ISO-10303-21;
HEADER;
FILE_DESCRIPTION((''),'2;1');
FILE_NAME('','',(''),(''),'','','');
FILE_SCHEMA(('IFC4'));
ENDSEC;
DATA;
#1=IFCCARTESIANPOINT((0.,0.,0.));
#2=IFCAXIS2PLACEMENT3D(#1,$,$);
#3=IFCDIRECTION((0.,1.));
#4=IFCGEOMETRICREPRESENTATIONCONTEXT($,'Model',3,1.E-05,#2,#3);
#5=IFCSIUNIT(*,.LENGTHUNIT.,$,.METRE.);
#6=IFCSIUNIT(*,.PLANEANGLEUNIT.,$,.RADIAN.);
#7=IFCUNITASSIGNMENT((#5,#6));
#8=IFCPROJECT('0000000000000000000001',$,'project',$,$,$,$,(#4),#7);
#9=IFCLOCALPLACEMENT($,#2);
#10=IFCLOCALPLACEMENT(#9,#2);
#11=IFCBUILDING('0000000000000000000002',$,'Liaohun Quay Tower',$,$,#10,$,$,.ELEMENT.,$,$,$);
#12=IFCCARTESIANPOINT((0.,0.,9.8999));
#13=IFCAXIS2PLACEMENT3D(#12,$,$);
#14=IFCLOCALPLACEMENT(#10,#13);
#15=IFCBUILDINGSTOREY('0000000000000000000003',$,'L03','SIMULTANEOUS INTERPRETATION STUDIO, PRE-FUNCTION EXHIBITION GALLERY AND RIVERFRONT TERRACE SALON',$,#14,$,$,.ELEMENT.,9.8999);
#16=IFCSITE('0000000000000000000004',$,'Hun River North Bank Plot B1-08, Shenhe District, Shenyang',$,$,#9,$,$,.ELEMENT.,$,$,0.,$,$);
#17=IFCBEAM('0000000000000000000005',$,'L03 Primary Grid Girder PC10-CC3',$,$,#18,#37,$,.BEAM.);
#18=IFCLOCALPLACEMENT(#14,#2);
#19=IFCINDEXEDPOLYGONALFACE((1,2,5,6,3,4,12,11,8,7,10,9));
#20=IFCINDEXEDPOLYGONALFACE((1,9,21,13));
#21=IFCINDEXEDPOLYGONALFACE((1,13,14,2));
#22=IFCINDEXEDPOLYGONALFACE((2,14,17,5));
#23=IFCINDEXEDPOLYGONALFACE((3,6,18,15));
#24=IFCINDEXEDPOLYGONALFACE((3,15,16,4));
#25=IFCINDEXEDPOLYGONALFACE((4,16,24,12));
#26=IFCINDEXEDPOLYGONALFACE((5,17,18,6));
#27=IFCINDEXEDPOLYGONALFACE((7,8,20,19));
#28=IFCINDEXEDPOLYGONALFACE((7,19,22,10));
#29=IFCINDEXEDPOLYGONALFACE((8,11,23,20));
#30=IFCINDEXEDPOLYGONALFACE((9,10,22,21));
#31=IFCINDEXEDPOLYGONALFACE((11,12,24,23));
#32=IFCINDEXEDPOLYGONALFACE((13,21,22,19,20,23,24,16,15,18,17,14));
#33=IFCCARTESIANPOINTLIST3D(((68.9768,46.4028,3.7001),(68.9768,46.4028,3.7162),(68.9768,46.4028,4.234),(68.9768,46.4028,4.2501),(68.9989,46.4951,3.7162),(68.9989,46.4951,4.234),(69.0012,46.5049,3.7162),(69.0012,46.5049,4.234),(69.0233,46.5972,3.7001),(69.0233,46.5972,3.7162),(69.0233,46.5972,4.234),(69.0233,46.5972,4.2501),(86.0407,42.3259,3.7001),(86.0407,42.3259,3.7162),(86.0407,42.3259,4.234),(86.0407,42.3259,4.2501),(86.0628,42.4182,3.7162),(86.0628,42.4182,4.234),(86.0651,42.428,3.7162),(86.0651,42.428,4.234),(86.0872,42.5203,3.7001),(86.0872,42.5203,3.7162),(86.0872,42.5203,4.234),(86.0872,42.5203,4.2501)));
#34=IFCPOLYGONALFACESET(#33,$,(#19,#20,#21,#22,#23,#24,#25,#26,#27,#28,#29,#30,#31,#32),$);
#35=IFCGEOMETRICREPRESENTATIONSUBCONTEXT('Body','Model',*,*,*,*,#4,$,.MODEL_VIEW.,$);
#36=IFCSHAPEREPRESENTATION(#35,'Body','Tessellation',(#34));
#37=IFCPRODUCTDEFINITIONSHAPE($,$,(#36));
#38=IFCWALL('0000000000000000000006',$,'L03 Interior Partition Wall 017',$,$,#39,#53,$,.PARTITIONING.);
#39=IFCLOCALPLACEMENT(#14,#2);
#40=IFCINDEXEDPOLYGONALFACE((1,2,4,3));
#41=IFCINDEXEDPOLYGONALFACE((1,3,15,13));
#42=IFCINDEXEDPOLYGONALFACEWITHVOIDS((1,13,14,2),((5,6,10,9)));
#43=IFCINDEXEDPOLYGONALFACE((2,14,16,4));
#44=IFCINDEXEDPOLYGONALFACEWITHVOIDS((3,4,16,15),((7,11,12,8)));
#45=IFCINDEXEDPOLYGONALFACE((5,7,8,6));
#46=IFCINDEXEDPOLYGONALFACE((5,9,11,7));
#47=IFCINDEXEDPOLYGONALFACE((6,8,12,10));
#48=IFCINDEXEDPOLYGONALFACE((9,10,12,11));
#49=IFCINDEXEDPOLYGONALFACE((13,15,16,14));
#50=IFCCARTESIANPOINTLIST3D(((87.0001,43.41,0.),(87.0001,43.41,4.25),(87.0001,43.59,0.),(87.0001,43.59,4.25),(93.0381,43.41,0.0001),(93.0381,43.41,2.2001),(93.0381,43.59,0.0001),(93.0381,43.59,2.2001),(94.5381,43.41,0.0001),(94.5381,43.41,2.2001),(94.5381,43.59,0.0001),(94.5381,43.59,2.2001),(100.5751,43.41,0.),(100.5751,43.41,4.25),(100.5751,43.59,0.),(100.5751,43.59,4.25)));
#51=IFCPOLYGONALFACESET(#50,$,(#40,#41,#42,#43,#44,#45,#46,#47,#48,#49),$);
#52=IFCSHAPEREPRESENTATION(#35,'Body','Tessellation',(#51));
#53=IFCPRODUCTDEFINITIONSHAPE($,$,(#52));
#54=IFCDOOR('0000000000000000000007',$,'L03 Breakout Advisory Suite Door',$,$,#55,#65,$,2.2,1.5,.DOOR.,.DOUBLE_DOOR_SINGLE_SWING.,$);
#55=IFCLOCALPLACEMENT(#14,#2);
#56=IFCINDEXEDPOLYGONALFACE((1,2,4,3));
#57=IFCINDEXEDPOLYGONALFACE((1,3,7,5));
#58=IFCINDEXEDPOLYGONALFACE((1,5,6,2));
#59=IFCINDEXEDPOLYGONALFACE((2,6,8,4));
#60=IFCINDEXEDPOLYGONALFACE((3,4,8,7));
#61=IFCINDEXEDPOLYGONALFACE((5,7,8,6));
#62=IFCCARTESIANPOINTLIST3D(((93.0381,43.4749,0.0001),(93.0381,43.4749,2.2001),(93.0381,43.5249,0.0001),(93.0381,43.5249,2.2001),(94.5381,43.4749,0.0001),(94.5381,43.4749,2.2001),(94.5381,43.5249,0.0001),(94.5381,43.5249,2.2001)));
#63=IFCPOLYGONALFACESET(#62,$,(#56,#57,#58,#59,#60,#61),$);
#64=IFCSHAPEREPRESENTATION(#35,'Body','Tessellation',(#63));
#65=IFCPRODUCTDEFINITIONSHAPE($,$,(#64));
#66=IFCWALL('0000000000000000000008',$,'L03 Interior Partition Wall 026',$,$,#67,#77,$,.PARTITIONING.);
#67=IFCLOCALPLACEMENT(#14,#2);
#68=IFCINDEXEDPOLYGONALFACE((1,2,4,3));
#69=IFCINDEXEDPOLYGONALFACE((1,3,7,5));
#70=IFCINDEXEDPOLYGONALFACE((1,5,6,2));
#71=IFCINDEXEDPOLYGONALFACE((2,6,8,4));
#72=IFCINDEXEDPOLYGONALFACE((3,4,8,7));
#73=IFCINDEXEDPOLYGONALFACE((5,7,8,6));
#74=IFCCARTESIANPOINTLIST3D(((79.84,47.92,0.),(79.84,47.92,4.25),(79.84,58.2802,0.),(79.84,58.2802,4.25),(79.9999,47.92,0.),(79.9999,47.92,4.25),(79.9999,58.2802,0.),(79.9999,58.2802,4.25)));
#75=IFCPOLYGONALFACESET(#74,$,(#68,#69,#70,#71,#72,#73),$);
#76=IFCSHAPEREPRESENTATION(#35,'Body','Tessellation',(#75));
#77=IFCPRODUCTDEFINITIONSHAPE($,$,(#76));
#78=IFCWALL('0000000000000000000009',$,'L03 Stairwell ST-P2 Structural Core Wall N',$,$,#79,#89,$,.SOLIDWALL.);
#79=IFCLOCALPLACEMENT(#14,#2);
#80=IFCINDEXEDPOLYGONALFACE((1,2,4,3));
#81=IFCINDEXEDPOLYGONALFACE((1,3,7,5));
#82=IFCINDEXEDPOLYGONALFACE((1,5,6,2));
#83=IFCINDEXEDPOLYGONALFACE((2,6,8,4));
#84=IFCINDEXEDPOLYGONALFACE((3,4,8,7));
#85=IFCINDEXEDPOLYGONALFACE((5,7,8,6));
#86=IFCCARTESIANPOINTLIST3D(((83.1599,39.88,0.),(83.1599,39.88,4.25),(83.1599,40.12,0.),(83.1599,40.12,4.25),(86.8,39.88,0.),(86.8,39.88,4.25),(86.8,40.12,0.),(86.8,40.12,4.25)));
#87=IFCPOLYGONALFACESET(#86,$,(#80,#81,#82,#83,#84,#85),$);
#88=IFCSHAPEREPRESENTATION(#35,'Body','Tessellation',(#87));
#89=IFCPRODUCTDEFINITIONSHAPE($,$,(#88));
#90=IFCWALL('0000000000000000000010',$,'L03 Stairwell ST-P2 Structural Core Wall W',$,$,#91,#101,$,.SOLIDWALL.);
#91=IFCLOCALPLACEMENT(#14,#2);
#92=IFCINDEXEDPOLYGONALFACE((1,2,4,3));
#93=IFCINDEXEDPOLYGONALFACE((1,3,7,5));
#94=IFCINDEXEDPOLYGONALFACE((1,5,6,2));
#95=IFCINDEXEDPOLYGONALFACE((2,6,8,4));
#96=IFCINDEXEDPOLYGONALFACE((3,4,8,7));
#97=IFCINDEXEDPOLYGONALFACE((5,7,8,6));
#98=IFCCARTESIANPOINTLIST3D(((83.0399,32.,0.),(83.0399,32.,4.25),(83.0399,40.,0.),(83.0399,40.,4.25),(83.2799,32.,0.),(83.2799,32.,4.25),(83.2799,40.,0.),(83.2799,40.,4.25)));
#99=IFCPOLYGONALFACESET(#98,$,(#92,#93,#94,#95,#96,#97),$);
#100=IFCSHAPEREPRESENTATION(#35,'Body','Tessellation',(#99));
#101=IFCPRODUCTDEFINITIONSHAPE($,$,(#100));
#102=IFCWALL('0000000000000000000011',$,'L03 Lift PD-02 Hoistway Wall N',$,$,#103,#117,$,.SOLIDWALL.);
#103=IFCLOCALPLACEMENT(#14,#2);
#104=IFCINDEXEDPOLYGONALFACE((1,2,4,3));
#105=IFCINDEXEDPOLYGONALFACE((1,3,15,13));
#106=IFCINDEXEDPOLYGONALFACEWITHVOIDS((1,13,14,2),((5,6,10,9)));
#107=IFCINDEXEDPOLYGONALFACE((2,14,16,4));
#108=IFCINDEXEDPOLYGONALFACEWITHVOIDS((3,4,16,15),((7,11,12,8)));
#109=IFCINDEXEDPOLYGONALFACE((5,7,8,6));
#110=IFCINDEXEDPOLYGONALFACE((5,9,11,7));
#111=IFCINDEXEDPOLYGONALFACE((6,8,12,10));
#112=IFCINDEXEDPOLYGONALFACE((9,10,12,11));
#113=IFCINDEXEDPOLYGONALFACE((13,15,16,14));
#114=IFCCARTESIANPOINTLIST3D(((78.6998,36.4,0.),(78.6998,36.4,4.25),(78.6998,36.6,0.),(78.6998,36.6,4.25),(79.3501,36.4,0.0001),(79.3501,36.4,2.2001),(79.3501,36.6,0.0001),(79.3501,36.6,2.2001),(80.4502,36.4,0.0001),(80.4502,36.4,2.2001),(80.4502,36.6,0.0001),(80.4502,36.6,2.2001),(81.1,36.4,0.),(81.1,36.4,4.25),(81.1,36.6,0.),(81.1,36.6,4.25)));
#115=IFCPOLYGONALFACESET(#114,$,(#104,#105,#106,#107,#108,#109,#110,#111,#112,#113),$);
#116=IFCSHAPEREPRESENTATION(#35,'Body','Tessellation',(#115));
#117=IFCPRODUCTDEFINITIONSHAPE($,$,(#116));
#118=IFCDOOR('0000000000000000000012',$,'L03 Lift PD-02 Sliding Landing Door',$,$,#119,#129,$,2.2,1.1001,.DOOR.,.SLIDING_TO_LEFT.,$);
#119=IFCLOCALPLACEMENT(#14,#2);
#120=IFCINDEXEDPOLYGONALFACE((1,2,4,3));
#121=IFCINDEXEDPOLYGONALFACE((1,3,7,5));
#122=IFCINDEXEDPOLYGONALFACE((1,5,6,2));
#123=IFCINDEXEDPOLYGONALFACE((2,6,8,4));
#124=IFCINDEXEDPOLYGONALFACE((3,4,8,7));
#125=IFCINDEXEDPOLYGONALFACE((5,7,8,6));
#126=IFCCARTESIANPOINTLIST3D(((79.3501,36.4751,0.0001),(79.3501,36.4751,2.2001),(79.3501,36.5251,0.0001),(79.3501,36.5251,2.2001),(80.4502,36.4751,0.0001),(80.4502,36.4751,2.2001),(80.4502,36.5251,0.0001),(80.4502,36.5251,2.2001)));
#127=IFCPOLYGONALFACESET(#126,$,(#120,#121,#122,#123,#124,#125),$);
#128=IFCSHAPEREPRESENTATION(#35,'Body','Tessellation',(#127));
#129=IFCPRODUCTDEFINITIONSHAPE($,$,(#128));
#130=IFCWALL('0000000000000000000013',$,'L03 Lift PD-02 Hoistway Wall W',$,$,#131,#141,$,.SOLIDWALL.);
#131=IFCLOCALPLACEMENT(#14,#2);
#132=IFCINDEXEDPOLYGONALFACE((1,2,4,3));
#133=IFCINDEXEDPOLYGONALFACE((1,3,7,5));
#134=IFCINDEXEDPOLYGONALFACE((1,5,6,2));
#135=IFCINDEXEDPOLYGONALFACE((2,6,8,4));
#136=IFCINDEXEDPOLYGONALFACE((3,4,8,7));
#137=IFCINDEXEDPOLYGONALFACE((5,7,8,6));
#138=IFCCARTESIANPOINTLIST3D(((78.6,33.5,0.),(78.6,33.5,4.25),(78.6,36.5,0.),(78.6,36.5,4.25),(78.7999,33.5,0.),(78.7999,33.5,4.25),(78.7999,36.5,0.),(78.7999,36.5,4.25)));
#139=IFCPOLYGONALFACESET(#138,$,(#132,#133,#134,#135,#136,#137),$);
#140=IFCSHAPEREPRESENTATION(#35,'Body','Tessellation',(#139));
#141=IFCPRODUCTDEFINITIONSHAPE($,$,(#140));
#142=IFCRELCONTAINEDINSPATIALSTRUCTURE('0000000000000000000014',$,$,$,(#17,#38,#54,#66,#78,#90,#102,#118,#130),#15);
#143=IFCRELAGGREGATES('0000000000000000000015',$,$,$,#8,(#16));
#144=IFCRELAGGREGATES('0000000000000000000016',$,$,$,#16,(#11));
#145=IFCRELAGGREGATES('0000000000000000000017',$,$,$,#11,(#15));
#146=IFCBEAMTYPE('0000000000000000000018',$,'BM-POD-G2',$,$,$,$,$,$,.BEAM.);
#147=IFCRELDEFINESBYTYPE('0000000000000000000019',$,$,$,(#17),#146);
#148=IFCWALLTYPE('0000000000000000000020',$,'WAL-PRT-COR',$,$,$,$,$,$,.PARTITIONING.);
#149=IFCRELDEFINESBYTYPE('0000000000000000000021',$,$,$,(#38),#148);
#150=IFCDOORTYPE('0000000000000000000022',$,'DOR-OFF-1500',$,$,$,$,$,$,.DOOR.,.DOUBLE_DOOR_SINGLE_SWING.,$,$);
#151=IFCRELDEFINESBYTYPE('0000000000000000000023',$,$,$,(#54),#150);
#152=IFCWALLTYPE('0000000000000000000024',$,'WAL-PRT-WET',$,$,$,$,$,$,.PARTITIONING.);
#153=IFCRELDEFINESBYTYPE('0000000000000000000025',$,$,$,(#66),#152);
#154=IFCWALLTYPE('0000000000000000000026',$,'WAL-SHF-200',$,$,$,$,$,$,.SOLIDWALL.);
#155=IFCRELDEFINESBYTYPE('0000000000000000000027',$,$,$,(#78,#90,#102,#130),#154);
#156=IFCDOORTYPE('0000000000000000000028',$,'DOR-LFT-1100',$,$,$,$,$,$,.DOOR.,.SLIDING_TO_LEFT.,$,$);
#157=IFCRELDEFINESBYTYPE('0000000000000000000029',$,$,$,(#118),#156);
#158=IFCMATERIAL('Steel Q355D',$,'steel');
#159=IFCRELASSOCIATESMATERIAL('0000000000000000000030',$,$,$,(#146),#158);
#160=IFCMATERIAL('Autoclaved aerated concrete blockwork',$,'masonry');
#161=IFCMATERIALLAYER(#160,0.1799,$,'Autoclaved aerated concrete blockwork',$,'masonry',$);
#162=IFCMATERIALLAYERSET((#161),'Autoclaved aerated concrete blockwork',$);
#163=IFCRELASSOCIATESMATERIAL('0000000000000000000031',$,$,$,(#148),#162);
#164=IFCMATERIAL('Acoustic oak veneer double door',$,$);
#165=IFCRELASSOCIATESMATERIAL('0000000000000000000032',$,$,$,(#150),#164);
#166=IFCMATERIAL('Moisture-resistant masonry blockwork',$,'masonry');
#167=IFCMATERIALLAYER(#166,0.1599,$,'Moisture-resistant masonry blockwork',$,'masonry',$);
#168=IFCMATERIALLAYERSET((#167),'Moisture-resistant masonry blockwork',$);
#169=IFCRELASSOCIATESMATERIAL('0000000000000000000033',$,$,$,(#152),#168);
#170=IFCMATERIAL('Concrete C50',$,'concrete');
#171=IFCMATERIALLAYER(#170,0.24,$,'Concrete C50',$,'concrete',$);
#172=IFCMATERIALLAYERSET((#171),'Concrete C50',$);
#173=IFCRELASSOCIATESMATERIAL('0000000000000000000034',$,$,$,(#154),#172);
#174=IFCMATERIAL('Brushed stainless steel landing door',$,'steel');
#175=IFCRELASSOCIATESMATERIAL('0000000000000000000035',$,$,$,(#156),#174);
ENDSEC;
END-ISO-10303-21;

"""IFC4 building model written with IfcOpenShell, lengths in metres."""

from ifc_helpers import new_model, si_unit, direction, frame, frame_2d, origin, origin_2d, place, context, subcontext, project, spatial, rectangle, i_section, extrude, source, transform, mapped, material, layer, layer_set, material_profile, profile_set, type_object, element, fill, save


model = new_model("IFC4")

# Units and contexts
model_context = context("Model", 3, precision=1e-05, world=origin(), true_north=direction((0.0, 1.0)))
body_context = subcontext(model_context, "Body", "Model", "MODEL_VIEW")
ifc_project = project(units=[si_unit("LENGTHUNIT", "METRE"), si_unit("PLANEANGLEUNIT", "RADIAN")], contexts=[model_context])

# Site, building, storey
site_placement = place(None, origin())
site = spatial("IfcSite", under=ifc_project, at=site_placement, Name="Hun River North Bank Plot B1-08, Shenhe District, Shenyang", CompositionType="ELEMENT", RefElevation=0.0)
building_placement = place(site_placement, origin())
building = spatial("IfcBuilding", under=site, at=building_placement, Name="Liaohun Quay Tower", CompositionType="ELEMENT")
storey_placement = place(building_placement, frame((0.0, 0.0, 9.8999)))
storey = spatial("IfcBuildingStorey", under=building, at=storey_placement, Name="L03", Description="SIMULTANEOUS INTERPRETATION STUDIO, PRE-FUNCTION EXHIBITION GALLERY AND RIVERFRONT TERRACE SALON", CompositionType="ELEMENT", Elevation=9.8999)

# Beam
ifc_material_1 = material(Name="Steel Q355D", Category="steel")
ifc_material_profile_1 = material_profile(ifc_material_1, i_section(OverallWidth=0.2, OverallDepth=0.55, WebThickness=0.01, FlangeThickness=0.0161, at=origin_2d()), Name="HN550x200x10x16")
ifc_profile_set_1 = profile_set([ifc_material_profile_1], Name="Steel Q355D")
beam_type_1 = type_object("IfcBeamType", Name="BM-POD-G2", PredefinedType="BEAM", material=ifc_profile_set_1)
shared_shape_1 = source(origin(), body_context, "Body", "SweptSolid", [
    extrude(i_section(OverallWidth=0.2, OverallDepth=0.55, WebThickness=0.01, FlangeThickness=0.0161, at=origin_2d()), origin(), (0.0, 0.0, 1.0), 17.5442),
])
beam_1_placement = place(storey_placement, frame((86.064, 42.4231, 3.9751), z_axis=(-0.972625, 0.232379, 0.0), x_axis=(-0.232379, -0.972625, 0.0)))
element("IfcBeam", 1, at=beam_1_placement, inside=storey, type_object=beam_type_1, Name="L03 Primary Grid Girder PC10-CC3", PredefinedType="BEAM", context=body_context, shape_type="MappedRepresentation", body=[
    mapped(shared_shape_1, transform((0.0, 0.0, 0.0), x_axis=(1.0, 0.0, 0.0), y_axis=(0.0, 1.0, 0.0), z_axis=(0.0, 0.0, 1.0), scale=1.0)),
])

# Wall, opening, door
ifc_material_2 = material(Name="Autoclaved aerated concrete blockwork", Category="masonry")
ifc_layer_1 = layer(ifc_material_2, 0.1799, Name="Autoclaved aerated concrete blockwork", Category="masonry")
ifc_layer_set_1 = layer_set([ifc_layer_1], Name="Autoclaved aerated concrete blockwork")
wall_type_1 = type_object("IfcWallType", Name="WAL-PRT-COR", PredefinedType="PARTITIONING", material=ifc_layer_set_1)
wall_1_placement = place(storey_placement, frame((87.0, 43.5, 0.0), z_axis=(0.0, 0.0, 1.0), x_axis=(1.0, 0.0, 0.0)))
wall_1 = element("IfcWall", 2, at=wall_1_placement, inside=storey, type_object=wall_type_1, Name="L03 Interior Partition Wall 017", PredefinedType="PARTITIONING", context=body_context, shape_type="SweptSolid", body=[
    extrude(rectangle(XDim=13.575, YDim=0.1799, at=frame_2d((6.7876, 0.0))), origin(), (0.0, 0.0, 1.0), 4.25),
])
shared_shape_2 = source(origin(), body_context, "Body", "SweptSolid", [
    extrude(rectangle(XDim=1.5, YDim=2.2, at=frame_2d((0.75, 1.1001))), frame((0.0, 0.0999, 0.0), z_axis=(0.0, -1.0, 0.0), x_axis=(1.0, 0.0, 0.0)), (0.0, 0.0, 1.0), 0.2),
])
opening_1_placement = place(wall_1_placement, frame((6.0381, 0.0, 0.0)))
opening_1 = element("IfcOpeningElement", 3, at=opening_1_placement, cuts=wall_1, PredefinedType="OPENING", context=body_context, shape_type="MappedRepresentation", body=[
    mapped(shared_shape_2, transform((0.0, 0.0, 0.0), x_axis=(1.0, 0.0, 0.0), y_axis=(0.0, 1.0, 0.0), z_axis=(0.0, 0.0, 1.0), scale=1.0)),
])
ifc_material_3 = material(Name="Acoustic oak veneer double door")
door_type_1 = type_object("IfcDoorType", Name="DOR-OFF-1500", OperationType="DOUBLE_DOOR_SINGLE_SWING", PredefinedType="DOOR", material=ifc_material_3)
shared_shape_3 = source(origin(), body_context, "Body", "SweptSolid", [
    extrude(rectangle(XDim=1.5, YDim=2.2, at=frame_2d((0.75, 1.1001))), frame((0.0, 0.0249, 0.0), z_axis=(0.0, -1.0, 0.0), x_axis=(1.0, 0.0, 0.0)), (0.0, 0.0, 1.0), 0.05),
])
door_1_placement = place(opening_1_placement, origin())
door_1 = element("IfcDoor", 4, at=door_1_placement, inside=storey, type_object=door_type_1, Name="L03 Breakout Advisory Suite Door", OperationType="DOUBLE_DOOR_SINGLE_SWING", OverallHeight=2.2, OverallWidth=1.5, PredefinedType="DOOR", context=body_context, shape_type="MappedRepresentation", body=[
    mapped(shared_shape_3, transform((0.0, 0.0, 0.0), x_axis=(1.0, 0.0, 0.0), y_axis=(0.0, 1.0, 0.0), z_axis=(0.0, 0.0, 1.0), scale=1.0)),
])
fill(opening_1, door_1)

# Walls
ifc_material_4 = material(Name="Moisture-resistant masonry blockwork", Category="masonry")
ifc_layer_2 = layer(ifc_material_4, 0.1599, Name="Moisture-resistant masonry blockwork", Category="masonry")
ifc_layer_set_2 = layer_set([ifc_layer_2], Name="Moisture-resistant masonry blockwork")
wall_type_2 = type_object("IfcWallType", Name="WAL-PRT-WET", PredefinedType="PARTITIONING", material=ifc_layer_set_2)
wall_2_placement = place(storey_placement, frame((79.9199, 47.9199, 0.0), z_axis=(0.0, 0.0, 1.0), x_axis=(0.0, 1.0, 0.0)))
element("IfcWall", 5, at=wall_2_placement, inside=storey, type_object=wall_type_2, Name="L03 Interior Partition Wall 026", PredefinedType="PARTITIONING", context=body_context, shape_type="SweptSolid", body=[
    extrude(rectangle(XDim=10.3601, YDim=0.1599, at=frame_2d((5.1802, 0.0))), origin(), (0.0, 0.0, 1.0), 4.25),
])
ifc_material_5 = material(Name="Concrete C50", Category="concrete")
ifc_layer_3 = layer(ifc_material_5, 0.24, Name="Concrete C50", Category="concrete")
ifc_layer_set_3 = layer_set([ifc_layer_3], Name="Concrete C50")
wall_type_3 = type_object("IfcWallType", Name="WAL-SHF-200", PredefinedType="SOLIDWALL", material=ifc_layer_set_3)
wall_3_placement = place(storey_placement, frame((86.8, 40.0, 0.0), z_axis=(0.0, 0.0, 1.0), x_axis=(-1.0, 0.0, 0.0)))
element("IfcWall", 6, at=wall_3_placement, inside=storey, type_object=wall_type_3, Name="L03 Stairwell ST-P2 Structural Core Wall N", PredefinedType="SOLIDWALL", context=body_context, shape_type="SweptSolid", body=[
    extrude(rectangle(XDim=3.6401, YDim=0.24, at=frame_2d((1.8201, 0.0))), origin(), (0.0, 0.0, 1.0), 4.25),
])
wall_4_placement = place(storey_placement, frame((83.1599, 40.0, 0.0), z_axis=(0.0, 0.0, 1.0), x_axis=(0.0, -1.0, 0.0)))
element("IfcWall", 7, at=wall_4_placement, inside=storey, type_object=wall_type_3, Name="L03 Stairwell ST-P2 Structural Core Wall W", PredefinedType="SOLIDWALL", context=body_context, shape_type="SweptSolid", body=[
    extrude(rectangle(XDim=8.0, YDim=0.24, at=frame_2d((4.0, 0.0))), origin(), (0.0, 0.0, 1.0), 4.25),
])

# Wall, opening, door
wall_5_placement = place(storey_placement, frame((81.1001, 36.5, 0.0), z_axis=(0.0, 0.0, 1.0), x_axis=(-1.0, 0.0, 0.0)))
wall_5 = element("IfcWall", 8, at=wall_5_placement, inside=storey, type_object=wall_type_3, Name="L03 Lift PD-02 Hoistway Wall N", PredefinedType="SOLIDWALL", context=body_context, shape_type="SweptSolid", body=[
    extrude(rectangle(XDim=2.4001, YDim=0.2, at=frame_2d((1.2002, 0.0))), origin(), (0.0, 0.0, 1.0), 4.25),
])
shared_shape_4 = source(origin(), body_context, "Body", "SweptSolid", [
    extrude(rectangle(XDim=1.1001, YDim=2.2, at=frame_2d((0.55, 1.1001))), frame((0.0, 0.1099, 0.0), z_axis=(0.0, -1.0, 0.0), x_axis=(1.0, 0.0, 0.0)), (0.0, 0.0, 1.0), 0.22),
])
opening_2_placement = place(wall_5_placement, frame((0.6499, 0.0, 0.0)))
opening_2 = element("IfcOpeningElement", 9, at=opening_2_placement, cuts=wall_5, PredefinedType="OPENING", context=body_context, shape_type="MappedRepresentation", body=[
    mapped(shared_shape_4, transform((0.0, 0.0, 0.0), x_axis=(1.0, 0.0, 0.0), y_axis=(0.0, 1.0, 0.0), z_axis=(0.0, 0.0, 1.0), scale=1.0)),
])
ifc_material_6 = material(Name="Brushed stainless steel landing door", Category="steel")
door_type_2 = type_object("IfcDoorType", Name="DOR-LFT-1100", OperationType="SLIDING_TO_LEFT", PredefinedType="DOOR", material=ifc_material_6)
shared_shape_5 = source(origin(), body_context, "Body", "SweptSolid", [
    extrude(rectangle(XDim=1.1001, YDim=2.2, at=frame_2d((0.55, 1.1001))), frame((0.0, 0.0249, 0.0), z_axis=(0.0, -1.0, 0.0), x_axis=(1.0, 0.0, 0.0)), (0.0, 0.0, 1.0), 0.05),
])
door_2_placement = place(opening_2_placement, origin())
door_2 = element("IfcDoor", 10, at=door_2_placement, inside=storey, type_object=door_type_2, Name="L03 Lift PD-02 Sliding Landing Door", OperationType="SLIDING_TO_LEFT", OverallHeight=2.2, OverallWidth=1.1001, PredefinedType="DOOR", context=body_context, shape_type="MappedRepresentation", body=[
    mapped(shared_shape_5, transform((0.0, 0.0, 0.0), x_axis=(1.0, 0.0, 0.0), y_axis=(0.0, 1.0, 0.0), z_axis=(0.0, 0.0, 1.0), scale=1.0)),
])
fill(opening_2, door_2)

# Wall
wall_6_placement = place(storey_placement, frame((78.7, 36.5, 0.0), z_axis=(0.0, 0.0, 1.0), x_axis=(0.0, -1.0, 0.0)))
element("IfcWall", 11, at=wall_6_placement, inside=storey, type_object=wall_type_3, Name="L03 Lift PD-02 Hoistway Wall W", PredefinedType="SOLIDWALL", context=body_context, shape_type="SweptSolid", body=[
    extrude(rectangle(XDim=3.0, YDim=0.2, at=frame_2d((1.5, 0.0))), origin(), (0.0, 0.0, 1.0), 4.25),
])

save(model, "model.ifc")
